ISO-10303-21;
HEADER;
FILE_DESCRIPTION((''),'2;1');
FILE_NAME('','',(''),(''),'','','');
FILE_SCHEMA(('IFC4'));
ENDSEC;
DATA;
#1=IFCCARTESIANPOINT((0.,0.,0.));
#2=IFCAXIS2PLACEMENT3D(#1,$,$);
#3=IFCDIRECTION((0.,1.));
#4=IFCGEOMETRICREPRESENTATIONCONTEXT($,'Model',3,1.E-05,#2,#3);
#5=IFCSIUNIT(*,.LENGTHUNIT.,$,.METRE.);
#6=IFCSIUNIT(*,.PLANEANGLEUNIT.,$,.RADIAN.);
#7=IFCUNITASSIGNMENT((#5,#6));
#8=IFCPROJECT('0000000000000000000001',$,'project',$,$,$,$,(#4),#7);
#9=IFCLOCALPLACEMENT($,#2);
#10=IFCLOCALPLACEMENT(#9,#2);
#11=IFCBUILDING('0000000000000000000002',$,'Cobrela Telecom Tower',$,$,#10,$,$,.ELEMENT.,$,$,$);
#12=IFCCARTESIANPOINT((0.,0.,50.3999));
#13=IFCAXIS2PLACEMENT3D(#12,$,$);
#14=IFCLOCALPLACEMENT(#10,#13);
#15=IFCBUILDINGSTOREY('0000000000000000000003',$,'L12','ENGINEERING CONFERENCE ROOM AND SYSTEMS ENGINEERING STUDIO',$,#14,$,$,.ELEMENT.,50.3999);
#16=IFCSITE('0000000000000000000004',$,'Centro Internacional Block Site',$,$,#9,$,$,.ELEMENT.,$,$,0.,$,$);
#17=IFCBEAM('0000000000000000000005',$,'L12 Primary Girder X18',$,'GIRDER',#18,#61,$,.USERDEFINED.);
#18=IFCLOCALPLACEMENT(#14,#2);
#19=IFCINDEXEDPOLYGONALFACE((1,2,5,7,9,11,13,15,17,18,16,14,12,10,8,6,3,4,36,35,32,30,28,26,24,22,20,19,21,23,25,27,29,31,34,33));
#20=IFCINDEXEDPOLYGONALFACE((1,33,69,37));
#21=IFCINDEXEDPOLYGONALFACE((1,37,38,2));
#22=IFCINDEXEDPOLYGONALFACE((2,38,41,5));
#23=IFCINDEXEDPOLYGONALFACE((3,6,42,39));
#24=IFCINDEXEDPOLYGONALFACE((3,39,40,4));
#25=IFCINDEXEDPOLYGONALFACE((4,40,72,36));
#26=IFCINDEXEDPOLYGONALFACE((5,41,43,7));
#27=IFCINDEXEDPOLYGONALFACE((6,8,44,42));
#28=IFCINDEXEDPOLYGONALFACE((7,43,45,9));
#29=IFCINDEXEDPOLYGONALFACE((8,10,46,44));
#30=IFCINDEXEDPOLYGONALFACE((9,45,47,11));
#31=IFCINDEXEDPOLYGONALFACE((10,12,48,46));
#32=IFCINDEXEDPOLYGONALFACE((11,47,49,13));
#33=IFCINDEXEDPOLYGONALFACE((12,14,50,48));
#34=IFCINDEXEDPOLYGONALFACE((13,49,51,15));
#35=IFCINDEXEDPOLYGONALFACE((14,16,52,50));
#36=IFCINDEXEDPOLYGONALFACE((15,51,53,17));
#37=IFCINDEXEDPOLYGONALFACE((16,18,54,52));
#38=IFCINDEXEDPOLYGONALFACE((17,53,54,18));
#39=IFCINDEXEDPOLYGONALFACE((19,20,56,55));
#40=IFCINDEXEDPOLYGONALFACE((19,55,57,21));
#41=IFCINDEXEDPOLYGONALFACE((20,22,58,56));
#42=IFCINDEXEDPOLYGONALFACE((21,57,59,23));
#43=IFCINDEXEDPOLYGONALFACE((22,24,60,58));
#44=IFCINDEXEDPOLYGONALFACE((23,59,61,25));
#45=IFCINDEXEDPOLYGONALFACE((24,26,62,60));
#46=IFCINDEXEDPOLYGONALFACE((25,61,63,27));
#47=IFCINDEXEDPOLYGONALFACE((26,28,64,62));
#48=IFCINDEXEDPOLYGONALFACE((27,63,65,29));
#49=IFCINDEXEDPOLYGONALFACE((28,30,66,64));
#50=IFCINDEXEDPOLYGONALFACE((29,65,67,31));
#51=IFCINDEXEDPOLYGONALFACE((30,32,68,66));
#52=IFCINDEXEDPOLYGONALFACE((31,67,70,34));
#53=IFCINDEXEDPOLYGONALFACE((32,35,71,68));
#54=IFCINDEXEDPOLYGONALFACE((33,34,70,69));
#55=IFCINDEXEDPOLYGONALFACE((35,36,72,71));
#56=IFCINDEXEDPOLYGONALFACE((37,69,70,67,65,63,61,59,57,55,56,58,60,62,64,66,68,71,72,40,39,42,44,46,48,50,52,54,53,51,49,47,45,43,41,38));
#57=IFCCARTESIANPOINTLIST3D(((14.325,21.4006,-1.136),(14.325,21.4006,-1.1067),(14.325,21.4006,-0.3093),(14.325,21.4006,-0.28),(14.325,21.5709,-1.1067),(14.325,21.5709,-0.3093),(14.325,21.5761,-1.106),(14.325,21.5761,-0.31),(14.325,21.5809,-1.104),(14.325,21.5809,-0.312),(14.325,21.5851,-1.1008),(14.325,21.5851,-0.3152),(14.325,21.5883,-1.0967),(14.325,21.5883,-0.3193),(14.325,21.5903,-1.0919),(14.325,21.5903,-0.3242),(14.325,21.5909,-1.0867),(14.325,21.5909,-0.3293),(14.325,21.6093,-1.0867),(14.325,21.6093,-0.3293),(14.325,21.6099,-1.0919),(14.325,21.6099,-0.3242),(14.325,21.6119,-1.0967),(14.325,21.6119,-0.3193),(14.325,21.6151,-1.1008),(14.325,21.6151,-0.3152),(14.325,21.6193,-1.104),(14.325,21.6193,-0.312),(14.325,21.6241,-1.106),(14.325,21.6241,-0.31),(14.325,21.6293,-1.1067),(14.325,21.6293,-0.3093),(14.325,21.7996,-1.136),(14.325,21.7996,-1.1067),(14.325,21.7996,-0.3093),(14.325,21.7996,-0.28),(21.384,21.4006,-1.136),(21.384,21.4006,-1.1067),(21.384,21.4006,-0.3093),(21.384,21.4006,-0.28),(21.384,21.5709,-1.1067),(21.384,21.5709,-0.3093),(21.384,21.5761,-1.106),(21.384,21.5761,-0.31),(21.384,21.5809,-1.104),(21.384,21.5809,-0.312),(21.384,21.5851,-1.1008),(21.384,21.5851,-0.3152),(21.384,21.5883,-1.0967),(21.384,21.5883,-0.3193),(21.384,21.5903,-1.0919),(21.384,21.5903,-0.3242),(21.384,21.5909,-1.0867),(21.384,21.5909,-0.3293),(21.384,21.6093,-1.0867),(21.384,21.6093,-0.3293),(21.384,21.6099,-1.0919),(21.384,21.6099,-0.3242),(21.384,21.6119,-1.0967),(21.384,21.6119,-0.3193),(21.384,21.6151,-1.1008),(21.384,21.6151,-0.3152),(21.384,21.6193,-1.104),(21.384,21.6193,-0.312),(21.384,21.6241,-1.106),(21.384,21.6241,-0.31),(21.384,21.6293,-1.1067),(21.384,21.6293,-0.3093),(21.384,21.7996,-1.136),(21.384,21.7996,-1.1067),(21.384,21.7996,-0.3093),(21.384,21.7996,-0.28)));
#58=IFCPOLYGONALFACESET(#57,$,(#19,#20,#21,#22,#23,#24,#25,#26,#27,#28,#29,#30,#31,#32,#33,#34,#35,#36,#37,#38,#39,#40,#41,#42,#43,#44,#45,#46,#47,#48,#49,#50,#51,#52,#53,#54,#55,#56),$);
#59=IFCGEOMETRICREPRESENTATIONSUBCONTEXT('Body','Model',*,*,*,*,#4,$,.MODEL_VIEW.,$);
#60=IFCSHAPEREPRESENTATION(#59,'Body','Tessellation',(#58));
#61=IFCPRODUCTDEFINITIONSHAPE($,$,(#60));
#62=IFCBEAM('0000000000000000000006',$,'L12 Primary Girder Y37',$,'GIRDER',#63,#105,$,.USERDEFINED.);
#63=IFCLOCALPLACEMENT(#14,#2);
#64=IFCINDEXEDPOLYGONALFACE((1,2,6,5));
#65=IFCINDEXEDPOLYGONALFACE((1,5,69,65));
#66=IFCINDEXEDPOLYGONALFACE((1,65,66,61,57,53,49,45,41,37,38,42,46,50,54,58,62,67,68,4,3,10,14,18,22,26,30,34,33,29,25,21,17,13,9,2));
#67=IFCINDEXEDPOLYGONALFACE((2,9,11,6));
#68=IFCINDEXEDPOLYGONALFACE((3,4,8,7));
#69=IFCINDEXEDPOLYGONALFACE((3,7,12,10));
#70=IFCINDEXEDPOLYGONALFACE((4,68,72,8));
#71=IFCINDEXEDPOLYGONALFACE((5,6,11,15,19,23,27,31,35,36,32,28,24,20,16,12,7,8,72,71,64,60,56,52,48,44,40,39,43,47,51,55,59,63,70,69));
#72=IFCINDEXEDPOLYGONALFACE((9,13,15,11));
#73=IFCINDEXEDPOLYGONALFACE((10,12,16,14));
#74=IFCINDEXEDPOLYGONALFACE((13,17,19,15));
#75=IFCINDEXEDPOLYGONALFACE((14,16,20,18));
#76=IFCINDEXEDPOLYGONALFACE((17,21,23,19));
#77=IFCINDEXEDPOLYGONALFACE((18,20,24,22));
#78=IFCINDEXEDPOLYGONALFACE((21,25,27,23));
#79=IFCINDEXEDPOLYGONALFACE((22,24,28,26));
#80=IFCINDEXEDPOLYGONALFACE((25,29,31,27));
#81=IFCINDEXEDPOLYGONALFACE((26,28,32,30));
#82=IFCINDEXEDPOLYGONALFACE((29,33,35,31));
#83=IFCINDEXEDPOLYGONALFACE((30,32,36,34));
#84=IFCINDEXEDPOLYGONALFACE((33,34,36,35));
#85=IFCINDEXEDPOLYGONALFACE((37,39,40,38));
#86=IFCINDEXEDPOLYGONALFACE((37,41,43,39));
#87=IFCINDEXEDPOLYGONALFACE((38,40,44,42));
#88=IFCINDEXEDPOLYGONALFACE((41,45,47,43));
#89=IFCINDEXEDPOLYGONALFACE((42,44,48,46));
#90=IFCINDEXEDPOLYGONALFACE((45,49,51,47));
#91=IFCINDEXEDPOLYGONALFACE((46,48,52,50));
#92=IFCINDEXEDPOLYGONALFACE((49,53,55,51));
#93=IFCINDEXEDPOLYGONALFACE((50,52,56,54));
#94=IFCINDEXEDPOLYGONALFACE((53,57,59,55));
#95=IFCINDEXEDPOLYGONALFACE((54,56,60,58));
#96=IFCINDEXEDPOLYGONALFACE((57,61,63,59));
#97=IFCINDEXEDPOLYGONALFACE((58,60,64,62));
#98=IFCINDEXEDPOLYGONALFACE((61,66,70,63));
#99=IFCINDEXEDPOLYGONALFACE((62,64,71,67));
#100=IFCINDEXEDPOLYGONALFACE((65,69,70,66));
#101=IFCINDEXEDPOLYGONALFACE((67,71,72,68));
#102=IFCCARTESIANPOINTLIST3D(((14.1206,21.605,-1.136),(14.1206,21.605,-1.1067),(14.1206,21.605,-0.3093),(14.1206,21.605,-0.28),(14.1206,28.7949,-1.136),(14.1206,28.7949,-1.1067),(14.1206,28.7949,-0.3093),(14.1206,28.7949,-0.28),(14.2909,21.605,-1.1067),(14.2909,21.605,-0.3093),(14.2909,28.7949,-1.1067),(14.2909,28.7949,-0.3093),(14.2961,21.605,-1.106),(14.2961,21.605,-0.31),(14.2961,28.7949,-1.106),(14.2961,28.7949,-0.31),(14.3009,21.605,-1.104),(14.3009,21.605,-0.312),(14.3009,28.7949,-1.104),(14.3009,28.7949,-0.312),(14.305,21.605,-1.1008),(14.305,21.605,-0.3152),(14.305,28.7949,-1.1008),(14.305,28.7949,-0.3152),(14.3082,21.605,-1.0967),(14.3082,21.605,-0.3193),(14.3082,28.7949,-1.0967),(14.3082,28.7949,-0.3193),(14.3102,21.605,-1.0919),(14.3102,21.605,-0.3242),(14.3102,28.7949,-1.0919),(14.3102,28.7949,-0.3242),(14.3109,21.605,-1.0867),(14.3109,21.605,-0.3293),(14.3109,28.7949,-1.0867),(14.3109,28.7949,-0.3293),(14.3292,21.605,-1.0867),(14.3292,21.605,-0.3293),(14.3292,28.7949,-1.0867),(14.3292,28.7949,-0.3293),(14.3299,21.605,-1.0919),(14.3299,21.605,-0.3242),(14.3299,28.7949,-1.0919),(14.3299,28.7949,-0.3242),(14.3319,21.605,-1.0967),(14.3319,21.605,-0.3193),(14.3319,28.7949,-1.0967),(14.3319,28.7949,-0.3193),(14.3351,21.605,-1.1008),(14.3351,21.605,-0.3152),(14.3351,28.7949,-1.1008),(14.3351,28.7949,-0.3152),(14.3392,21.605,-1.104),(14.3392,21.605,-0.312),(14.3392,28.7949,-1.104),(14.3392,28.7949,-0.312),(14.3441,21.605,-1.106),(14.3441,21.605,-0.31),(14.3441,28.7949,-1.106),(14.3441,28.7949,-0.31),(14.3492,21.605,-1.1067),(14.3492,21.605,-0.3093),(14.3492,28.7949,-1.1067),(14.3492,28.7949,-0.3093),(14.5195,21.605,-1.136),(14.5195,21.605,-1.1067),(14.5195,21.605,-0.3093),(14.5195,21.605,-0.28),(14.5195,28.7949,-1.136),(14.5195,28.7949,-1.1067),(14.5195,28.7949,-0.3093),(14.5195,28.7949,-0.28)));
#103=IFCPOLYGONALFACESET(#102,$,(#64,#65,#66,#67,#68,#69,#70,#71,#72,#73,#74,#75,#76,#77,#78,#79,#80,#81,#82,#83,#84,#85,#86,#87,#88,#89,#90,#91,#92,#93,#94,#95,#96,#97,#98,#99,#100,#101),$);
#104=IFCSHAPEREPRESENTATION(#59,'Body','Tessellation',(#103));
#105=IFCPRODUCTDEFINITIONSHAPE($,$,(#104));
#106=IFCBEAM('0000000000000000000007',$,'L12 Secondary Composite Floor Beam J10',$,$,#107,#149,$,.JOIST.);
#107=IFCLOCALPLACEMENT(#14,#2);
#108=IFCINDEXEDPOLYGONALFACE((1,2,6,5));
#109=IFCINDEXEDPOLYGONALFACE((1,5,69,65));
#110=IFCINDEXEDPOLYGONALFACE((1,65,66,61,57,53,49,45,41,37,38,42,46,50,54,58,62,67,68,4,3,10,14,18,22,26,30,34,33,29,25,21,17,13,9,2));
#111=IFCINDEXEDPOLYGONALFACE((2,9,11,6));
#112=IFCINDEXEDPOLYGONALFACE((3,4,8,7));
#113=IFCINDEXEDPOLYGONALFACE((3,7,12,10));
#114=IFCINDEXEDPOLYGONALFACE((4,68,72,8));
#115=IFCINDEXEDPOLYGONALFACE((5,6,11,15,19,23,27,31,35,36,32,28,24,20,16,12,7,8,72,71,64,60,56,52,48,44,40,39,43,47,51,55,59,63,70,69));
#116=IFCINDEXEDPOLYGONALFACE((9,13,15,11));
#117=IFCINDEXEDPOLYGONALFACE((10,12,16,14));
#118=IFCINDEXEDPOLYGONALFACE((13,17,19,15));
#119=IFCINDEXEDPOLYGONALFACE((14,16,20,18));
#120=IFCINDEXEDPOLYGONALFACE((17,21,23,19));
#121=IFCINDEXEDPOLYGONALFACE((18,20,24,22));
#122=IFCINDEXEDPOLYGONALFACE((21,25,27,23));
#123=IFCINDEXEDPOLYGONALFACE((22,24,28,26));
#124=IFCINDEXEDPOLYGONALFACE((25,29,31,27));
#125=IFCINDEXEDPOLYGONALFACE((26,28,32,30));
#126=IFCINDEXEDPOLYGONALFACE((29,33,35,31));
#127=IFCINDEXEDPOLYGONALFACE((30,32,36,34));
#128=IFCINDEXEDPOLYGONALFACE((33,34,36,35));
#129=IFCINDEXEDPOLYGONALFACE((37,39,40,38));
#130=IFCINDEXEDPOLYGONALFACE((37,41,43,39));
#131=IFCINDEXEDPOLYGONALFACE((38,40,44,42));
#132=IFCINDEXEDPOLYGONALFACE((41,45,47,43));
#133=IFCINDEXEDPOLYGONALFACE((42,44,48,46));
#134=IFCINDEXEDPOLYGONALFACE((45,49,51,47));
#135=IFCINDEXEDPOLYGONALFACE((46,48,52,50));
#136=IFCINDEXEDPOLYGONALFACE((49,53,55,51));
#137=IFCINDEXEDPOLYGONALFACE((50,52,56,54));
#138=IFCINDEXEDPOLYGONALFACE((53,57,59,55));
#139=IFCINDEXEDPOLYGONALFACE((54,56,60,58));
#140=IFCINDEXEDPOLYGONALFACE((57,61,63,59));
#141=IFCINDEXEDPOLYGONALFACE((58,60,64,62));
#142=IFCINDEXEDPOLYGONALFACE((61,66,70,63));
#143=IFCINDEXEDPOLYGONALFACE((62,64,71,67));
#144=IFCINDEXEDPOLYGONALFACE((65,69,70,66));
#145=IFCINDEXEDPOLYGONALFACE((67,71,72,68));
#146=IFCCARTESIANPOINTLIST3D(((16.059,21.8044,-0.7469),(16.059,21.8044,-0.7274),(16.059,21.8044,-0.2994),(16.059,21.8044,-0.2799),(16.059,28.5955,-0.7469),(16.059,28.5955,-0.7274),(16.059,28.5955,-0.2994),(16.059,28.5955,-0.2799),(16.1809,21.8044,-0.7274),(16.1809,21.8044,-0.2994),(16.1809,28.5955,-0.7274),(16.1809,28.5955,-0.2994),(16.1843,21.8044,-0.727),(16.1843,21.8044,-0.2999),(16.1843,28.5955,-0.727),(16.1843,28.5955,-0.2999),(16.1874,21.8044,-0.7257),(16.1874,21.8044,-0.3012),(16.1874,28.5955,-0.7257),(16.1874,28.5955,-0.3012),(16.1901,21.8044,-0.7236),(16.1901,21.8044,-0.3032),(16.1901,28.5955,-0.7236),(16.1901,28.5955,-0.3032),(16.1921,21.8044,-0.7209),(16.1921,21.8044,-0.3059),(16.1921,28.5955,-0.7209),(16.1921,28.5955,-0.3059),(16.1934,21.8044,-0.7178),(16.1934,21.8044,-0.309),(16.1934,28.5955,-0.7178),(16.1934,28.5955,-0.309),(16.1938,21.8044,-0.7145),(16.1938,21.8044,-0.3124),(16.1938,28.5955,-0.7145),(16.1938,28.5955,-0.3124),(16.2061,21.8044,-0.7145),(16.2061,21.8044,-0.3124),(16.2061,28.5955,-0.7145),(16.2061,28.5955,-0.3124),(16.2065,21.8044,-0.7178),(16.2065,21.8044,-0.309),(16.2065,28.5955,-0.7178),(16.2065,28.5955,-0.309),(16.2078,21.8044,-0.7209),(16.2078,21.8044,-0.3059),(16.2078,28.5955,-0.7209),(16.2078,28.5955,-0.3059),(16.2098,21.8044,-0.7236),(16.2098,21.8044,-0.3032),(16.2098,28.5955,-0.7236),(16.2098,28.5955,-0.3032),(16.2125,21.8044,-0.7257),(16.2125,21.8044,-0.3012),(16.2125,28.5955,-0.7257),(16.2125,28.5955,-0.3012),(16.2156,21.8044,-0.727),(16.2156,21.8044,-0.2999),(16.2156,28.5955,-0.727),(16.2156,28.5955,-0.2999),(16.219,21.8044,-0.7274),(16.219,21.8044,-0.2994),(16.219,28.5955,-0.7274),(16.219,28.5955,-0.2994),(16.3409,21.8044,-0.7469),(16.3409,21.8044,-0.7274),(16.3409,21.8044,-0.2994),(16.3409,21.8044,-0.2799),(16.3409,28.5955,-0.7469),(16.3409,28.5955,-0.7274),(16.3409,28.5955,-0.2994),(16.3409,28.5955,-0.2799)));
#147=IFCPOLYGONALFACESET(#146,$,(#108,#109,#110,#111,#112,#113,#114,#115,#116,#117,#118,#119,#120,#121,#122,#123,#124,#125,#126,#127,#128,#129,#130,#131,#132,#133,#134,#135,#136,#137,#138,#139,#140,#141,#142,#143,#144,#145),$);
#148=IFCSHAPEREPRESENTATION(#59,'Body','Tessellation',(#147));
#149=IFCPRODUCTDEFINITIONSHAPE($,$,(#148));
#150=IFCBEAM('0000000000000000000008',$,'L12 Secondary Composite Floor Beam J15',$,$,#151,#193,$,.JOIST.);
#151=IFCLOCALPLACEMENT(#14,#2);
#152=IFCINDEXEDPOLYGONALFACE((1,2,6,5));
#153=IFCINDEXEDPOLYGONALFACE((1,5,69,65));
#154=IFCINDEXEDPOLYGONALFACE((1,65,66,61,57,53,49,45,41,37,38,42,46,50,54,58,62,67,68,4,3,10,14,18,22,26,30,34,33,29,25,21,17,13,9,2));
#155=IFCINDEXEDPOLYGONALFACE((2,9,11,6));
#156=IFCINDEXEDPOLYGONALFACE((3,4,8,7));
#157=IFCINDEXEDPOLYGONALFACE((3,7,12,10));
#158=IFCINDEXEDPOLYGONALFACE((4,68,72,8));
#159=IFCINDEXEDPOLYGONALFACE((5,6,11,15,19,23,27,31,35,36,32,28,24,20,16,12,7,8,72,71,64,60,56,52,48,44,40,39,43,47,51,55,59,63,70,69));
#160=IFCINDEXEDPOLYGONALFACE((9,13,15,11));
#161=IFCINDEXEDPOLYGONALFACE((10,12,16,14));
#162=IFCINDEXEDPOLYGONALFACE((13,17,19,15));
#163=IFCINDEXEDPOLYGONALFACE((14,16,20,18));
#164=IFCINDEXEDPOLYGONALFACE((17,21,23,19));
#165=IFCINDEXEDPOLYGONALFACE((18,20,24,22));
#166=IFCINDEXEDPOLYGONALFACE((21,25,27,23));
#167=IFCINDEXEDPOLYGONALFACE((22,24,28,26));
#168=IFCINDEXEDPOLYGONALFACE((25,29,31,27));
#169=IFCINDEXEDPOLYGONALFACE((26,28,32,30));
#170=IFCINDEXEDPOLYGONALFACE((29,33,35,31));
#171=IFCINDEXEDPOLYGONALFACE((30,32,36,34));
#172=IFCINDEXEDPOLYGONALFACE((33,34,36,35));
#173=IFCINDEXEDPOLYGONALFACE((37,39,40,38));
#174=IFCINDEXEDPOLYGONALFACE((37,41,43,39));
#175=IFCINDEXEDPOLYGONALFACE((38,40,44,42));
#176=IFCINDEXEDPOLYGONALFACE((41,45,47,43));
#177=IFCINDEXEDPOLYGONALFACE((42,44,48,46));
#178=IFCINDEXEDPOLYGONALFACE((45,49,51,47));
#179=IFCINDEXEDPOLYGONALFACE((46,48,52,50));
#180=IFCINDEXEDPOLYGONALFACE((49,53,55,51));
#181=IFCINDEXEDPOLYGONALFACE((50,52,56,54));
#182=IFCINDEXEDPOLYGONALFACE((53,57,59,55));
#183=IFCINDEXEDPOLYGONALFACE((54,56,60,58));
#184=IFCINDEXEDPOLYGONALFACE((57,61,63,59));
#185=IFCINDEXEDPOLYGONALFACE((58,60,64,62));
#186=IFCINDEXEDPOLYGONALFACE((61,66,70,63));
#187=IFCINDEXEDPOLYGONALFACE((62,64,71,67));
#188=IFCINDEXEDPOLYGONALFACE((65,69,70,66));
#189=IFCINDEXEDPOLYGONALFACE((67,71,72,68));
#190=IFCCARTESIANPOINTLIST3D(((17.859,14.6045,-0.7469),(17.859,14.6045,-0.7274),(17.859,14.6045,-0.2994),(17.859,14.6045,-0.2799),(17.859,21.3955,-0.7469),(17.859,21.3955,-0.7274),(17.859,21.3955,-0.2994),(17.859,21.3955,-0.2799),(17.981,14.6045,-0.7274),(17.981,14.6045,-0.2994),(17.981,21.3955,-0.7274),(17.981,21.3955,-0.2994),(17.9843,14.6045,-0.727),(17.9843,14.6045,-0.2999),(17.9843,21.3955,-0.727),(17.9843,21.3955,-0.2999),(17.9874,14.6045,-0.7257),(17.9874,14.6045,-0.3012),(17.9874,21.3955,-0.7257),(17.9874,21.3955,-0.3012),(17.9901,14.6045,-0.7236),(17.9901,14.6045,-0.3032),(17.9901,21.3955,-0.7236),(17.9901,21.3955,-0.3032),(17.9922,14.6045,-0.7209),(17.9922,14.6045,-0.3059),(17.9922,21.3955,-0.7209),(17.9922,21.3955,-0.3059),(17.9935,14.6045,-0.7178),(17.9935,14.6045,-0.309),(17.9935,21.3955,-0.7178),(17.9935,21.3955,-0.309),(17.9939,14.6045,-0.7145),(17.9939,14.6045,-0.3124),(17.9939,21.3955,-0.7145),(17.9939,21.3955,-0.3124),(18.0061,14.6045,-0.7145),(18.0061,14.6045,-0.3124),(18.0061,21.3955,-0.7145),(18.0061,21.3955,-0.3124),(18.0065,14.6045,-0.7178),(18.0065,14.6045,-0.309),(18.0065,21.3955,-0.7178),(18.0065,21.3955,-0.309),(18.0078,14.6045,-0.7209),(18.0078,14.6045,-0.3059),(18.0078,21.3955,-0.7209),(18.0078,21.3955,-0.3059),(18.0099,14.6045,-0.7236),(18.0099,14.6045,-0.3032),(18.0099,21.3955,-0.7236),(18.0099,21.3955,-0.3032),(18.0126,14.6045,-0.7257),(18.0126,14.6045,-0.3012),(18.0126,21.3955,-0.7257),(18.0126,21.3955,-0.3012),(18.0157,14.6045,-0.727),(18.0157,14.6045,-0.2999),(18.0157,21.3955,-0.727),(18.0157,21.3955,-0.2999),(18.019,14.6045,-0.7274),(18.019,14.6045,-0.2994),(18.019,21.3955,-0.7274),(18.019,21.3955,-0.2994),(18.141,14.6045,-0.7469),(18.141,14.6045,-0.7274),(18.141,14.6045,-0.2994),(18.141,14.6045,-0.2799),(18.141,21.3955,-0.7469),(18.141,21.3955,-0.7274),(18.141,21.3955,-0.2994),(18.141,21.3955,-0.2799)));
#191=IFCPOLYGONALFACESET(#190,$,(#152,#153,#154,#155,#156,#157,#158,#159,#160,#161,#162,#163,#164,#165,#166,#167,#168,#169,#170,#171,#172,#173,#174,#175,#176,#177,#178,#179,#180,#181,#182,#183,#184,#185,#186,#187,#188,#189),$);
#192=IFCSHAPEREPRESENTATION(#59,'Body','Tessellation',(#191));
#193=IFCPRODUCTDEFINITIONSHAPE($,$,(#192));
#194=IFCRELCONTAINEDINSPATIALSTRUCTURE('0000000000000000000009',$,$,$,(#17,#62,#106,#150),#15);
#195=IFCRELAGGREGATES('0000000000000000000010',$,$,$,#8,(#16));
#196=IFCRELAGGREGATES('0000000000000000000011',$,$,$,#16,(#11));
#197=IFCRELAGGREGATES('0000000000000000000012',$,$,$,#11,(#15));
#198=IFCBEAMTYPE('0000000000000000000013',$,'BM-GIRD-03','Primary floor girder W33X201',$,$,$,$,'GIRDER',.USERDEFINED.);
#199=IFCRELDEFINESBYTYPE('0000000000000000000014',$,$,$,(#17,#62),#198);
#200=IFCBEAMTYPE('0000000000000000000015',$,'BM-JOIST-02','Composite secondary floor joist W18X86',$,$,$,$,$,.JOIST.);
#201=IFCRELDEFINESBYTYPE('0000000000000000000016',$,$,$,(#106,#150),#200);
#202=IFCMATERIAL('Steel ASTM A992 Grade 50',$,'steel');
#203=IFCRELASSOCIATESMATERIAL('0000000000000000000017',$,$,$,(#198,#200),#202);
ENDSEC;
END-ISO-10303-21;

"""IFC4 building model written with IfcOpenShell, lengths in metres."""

from ifc_helpers import new_model, si_unit, direction, frame, origin, origin_2d, place, context, subcontext, project, spatial, i_section, extrude, material, material_profile, profile_set, type_object, element, save


model = new_model("IFC4")

# Units and contexts
model_context = context("Model", 3, precision=1e-05, world=origin(), true_north=direction((0.0, 1.0)))
body_context = subcontext(model_context, "Body", "Model", "MODEL_VIEW")
ifc_project = project(units=[si_unit("LENGTHUNIT", "METRE"), si_unit("PLANEANGLEUNIT", "RADIAN")], contexts=[model_context])

# Site, building, storey
site_placement = place(None, origin())
site = spatial("IfcSite", under=ifc_project, at=site_placement, Name="Centro Internacional Block Site", CompositionType="ELEMENT", RefElevation=0.0)
building_placement = place(site_placement, origin())
building = spatial("IfcBuilding", under=site, at=building_placement, Name="Cobrela Telecom Tower", CompositionType="ELEMENT")
storey_placement = place(building_placement, frame((0.0, 0.0, 50.3999)))
storey = spatial("IfcBuildingStorey", under=building, at=storey_placement, Name="L12", Description="ENGINEERING CONFERENCE ROOM AND SYSTEMS ENGINEERING STUDIO", CompositionType="ELEMENT", Elevation=50.3999)

# Beams
ifc_material_1 = material(Name="Steel ASTM A992 Grade 50", Category="steel")
ifc_material_profile_1 = material_profile(ifc_material_1, i_section(OverallWidth=0.3989, OverallDepth=0.856, WebThickness=0.0183, FlangeThickness=0.0293, FilletRadius=0.02, at=origin_2d()), Name="W33X201")
ifc_profile_set_1 = profile_set([ifc_material_profile_1], Name="Steel ASTM A992 Grade 50")
beam_type_1 = type_object("IfcBeamType", Name="BM-GIRD-03", Description="Primary floor girder W33X201", ElementType="GIRDER", PredefinedType="USERDEFINED", material=ifc_profile_set_1)
beam_1_placement = place(storey_placement, frame((14.325, 21.6001, -0.708), z_axis=(1.0, 0.0, 0.0), x_axis=(0.0, 1.0, 0.0)))
element("IfcBeam", 1, at=beam_1_placement, inside=storey, type_object=beam_type_1, Name="L12 Primary Girder X18", ObjectType="GIRDER", PredefinedType="USERDEFINED", context=body_context, shape_type="SweptSolid", body=[
    extrude(i_section(OverallWidth=0.3989, OverallDepth=0.856, WebThickness=0.0183, FlangeThickness=0.0293, FilletRadius=0.02, at=origin_2d()), origin(), (0.0, 0.0, 1.0), 7.0591),
])
beam_2_placement = place(storey_placement, frame((14.3201, 21.605, -0.708), z_axis=(0.0, 1.0, 0.0), x_axis=(-1.0, 0.0, 0.0)))
element("IfcBeam", 2, at=beam_2_placement, inside=storey, type_object=beam_type_1, Name="L12 Primary Girder Y37", ObjectType="GIRDER", PredefinedType="USERDEFINED", context=body_context, shape_type="SweptSolid", body=[
    extrude(i_section(OverallWidth=0.3989, OverallDepth=0.856, WebThickness=0.0183, FlangeThickness=0.0293, FilletRadius=0.02, at=origin_2d()), origin(), (0.0, 0.0, 1.0), 7.1899),
])
ifc_material_profile_2 = material_profile(ifc_material_1, i_section(OverallWidth=0.282, OverallDepth=0.467, WebThickness=0.0122, FlangeThickness=0.0195, FilletRadius=0.0129, at=origin_2d()), Name="W18X86")
ifc_profile_set_2 = profile_set([ifc_material_profile_2], Name="Steel ASTM A992 Grade 50")
beam_type_2 = type_object("IfcBeamType", Name="BM-JOIST-02", Description="Composite secondary floor joist W18X86", PredefinedType="JOIST", material=ifc_profile_set_2)
for number, where, z_axis, x_axis, name in (
    (3, (16.2, 21.8044, -0.5134), (0.0, 1.0, 0.0), (-1.0, 0.0, 0.0), "L12 Secondary Composite Floor Beam J10"),
    (4, (18.0, 14.6045, -0.5134), (0.0, 1.0, 0.0), (-1.0, 0.0, 0.0), "L12 Secondary Composite Floor Beam J15"),
):
    element("IfcBeam", number, at=place(storey_placement, frame(where, z_axis=z_axis, x_axis=x_axis)), inside=storey, type_object=beam_type_2, Name=name, PredefinedType="JOIST", context=body_context, shape_type="SweptSolid", body=[
        extrude(i_section(OverallWidth=0.282, OverallDepth=0.467, WebThickness=0.0122, FlangeThickness=0.0195, FilletRadius=0.0129, at=origin_2d()), origin(), (0.0, 0.0, 1.0), 6.791),
    ])

save(model, "model.ifc")
